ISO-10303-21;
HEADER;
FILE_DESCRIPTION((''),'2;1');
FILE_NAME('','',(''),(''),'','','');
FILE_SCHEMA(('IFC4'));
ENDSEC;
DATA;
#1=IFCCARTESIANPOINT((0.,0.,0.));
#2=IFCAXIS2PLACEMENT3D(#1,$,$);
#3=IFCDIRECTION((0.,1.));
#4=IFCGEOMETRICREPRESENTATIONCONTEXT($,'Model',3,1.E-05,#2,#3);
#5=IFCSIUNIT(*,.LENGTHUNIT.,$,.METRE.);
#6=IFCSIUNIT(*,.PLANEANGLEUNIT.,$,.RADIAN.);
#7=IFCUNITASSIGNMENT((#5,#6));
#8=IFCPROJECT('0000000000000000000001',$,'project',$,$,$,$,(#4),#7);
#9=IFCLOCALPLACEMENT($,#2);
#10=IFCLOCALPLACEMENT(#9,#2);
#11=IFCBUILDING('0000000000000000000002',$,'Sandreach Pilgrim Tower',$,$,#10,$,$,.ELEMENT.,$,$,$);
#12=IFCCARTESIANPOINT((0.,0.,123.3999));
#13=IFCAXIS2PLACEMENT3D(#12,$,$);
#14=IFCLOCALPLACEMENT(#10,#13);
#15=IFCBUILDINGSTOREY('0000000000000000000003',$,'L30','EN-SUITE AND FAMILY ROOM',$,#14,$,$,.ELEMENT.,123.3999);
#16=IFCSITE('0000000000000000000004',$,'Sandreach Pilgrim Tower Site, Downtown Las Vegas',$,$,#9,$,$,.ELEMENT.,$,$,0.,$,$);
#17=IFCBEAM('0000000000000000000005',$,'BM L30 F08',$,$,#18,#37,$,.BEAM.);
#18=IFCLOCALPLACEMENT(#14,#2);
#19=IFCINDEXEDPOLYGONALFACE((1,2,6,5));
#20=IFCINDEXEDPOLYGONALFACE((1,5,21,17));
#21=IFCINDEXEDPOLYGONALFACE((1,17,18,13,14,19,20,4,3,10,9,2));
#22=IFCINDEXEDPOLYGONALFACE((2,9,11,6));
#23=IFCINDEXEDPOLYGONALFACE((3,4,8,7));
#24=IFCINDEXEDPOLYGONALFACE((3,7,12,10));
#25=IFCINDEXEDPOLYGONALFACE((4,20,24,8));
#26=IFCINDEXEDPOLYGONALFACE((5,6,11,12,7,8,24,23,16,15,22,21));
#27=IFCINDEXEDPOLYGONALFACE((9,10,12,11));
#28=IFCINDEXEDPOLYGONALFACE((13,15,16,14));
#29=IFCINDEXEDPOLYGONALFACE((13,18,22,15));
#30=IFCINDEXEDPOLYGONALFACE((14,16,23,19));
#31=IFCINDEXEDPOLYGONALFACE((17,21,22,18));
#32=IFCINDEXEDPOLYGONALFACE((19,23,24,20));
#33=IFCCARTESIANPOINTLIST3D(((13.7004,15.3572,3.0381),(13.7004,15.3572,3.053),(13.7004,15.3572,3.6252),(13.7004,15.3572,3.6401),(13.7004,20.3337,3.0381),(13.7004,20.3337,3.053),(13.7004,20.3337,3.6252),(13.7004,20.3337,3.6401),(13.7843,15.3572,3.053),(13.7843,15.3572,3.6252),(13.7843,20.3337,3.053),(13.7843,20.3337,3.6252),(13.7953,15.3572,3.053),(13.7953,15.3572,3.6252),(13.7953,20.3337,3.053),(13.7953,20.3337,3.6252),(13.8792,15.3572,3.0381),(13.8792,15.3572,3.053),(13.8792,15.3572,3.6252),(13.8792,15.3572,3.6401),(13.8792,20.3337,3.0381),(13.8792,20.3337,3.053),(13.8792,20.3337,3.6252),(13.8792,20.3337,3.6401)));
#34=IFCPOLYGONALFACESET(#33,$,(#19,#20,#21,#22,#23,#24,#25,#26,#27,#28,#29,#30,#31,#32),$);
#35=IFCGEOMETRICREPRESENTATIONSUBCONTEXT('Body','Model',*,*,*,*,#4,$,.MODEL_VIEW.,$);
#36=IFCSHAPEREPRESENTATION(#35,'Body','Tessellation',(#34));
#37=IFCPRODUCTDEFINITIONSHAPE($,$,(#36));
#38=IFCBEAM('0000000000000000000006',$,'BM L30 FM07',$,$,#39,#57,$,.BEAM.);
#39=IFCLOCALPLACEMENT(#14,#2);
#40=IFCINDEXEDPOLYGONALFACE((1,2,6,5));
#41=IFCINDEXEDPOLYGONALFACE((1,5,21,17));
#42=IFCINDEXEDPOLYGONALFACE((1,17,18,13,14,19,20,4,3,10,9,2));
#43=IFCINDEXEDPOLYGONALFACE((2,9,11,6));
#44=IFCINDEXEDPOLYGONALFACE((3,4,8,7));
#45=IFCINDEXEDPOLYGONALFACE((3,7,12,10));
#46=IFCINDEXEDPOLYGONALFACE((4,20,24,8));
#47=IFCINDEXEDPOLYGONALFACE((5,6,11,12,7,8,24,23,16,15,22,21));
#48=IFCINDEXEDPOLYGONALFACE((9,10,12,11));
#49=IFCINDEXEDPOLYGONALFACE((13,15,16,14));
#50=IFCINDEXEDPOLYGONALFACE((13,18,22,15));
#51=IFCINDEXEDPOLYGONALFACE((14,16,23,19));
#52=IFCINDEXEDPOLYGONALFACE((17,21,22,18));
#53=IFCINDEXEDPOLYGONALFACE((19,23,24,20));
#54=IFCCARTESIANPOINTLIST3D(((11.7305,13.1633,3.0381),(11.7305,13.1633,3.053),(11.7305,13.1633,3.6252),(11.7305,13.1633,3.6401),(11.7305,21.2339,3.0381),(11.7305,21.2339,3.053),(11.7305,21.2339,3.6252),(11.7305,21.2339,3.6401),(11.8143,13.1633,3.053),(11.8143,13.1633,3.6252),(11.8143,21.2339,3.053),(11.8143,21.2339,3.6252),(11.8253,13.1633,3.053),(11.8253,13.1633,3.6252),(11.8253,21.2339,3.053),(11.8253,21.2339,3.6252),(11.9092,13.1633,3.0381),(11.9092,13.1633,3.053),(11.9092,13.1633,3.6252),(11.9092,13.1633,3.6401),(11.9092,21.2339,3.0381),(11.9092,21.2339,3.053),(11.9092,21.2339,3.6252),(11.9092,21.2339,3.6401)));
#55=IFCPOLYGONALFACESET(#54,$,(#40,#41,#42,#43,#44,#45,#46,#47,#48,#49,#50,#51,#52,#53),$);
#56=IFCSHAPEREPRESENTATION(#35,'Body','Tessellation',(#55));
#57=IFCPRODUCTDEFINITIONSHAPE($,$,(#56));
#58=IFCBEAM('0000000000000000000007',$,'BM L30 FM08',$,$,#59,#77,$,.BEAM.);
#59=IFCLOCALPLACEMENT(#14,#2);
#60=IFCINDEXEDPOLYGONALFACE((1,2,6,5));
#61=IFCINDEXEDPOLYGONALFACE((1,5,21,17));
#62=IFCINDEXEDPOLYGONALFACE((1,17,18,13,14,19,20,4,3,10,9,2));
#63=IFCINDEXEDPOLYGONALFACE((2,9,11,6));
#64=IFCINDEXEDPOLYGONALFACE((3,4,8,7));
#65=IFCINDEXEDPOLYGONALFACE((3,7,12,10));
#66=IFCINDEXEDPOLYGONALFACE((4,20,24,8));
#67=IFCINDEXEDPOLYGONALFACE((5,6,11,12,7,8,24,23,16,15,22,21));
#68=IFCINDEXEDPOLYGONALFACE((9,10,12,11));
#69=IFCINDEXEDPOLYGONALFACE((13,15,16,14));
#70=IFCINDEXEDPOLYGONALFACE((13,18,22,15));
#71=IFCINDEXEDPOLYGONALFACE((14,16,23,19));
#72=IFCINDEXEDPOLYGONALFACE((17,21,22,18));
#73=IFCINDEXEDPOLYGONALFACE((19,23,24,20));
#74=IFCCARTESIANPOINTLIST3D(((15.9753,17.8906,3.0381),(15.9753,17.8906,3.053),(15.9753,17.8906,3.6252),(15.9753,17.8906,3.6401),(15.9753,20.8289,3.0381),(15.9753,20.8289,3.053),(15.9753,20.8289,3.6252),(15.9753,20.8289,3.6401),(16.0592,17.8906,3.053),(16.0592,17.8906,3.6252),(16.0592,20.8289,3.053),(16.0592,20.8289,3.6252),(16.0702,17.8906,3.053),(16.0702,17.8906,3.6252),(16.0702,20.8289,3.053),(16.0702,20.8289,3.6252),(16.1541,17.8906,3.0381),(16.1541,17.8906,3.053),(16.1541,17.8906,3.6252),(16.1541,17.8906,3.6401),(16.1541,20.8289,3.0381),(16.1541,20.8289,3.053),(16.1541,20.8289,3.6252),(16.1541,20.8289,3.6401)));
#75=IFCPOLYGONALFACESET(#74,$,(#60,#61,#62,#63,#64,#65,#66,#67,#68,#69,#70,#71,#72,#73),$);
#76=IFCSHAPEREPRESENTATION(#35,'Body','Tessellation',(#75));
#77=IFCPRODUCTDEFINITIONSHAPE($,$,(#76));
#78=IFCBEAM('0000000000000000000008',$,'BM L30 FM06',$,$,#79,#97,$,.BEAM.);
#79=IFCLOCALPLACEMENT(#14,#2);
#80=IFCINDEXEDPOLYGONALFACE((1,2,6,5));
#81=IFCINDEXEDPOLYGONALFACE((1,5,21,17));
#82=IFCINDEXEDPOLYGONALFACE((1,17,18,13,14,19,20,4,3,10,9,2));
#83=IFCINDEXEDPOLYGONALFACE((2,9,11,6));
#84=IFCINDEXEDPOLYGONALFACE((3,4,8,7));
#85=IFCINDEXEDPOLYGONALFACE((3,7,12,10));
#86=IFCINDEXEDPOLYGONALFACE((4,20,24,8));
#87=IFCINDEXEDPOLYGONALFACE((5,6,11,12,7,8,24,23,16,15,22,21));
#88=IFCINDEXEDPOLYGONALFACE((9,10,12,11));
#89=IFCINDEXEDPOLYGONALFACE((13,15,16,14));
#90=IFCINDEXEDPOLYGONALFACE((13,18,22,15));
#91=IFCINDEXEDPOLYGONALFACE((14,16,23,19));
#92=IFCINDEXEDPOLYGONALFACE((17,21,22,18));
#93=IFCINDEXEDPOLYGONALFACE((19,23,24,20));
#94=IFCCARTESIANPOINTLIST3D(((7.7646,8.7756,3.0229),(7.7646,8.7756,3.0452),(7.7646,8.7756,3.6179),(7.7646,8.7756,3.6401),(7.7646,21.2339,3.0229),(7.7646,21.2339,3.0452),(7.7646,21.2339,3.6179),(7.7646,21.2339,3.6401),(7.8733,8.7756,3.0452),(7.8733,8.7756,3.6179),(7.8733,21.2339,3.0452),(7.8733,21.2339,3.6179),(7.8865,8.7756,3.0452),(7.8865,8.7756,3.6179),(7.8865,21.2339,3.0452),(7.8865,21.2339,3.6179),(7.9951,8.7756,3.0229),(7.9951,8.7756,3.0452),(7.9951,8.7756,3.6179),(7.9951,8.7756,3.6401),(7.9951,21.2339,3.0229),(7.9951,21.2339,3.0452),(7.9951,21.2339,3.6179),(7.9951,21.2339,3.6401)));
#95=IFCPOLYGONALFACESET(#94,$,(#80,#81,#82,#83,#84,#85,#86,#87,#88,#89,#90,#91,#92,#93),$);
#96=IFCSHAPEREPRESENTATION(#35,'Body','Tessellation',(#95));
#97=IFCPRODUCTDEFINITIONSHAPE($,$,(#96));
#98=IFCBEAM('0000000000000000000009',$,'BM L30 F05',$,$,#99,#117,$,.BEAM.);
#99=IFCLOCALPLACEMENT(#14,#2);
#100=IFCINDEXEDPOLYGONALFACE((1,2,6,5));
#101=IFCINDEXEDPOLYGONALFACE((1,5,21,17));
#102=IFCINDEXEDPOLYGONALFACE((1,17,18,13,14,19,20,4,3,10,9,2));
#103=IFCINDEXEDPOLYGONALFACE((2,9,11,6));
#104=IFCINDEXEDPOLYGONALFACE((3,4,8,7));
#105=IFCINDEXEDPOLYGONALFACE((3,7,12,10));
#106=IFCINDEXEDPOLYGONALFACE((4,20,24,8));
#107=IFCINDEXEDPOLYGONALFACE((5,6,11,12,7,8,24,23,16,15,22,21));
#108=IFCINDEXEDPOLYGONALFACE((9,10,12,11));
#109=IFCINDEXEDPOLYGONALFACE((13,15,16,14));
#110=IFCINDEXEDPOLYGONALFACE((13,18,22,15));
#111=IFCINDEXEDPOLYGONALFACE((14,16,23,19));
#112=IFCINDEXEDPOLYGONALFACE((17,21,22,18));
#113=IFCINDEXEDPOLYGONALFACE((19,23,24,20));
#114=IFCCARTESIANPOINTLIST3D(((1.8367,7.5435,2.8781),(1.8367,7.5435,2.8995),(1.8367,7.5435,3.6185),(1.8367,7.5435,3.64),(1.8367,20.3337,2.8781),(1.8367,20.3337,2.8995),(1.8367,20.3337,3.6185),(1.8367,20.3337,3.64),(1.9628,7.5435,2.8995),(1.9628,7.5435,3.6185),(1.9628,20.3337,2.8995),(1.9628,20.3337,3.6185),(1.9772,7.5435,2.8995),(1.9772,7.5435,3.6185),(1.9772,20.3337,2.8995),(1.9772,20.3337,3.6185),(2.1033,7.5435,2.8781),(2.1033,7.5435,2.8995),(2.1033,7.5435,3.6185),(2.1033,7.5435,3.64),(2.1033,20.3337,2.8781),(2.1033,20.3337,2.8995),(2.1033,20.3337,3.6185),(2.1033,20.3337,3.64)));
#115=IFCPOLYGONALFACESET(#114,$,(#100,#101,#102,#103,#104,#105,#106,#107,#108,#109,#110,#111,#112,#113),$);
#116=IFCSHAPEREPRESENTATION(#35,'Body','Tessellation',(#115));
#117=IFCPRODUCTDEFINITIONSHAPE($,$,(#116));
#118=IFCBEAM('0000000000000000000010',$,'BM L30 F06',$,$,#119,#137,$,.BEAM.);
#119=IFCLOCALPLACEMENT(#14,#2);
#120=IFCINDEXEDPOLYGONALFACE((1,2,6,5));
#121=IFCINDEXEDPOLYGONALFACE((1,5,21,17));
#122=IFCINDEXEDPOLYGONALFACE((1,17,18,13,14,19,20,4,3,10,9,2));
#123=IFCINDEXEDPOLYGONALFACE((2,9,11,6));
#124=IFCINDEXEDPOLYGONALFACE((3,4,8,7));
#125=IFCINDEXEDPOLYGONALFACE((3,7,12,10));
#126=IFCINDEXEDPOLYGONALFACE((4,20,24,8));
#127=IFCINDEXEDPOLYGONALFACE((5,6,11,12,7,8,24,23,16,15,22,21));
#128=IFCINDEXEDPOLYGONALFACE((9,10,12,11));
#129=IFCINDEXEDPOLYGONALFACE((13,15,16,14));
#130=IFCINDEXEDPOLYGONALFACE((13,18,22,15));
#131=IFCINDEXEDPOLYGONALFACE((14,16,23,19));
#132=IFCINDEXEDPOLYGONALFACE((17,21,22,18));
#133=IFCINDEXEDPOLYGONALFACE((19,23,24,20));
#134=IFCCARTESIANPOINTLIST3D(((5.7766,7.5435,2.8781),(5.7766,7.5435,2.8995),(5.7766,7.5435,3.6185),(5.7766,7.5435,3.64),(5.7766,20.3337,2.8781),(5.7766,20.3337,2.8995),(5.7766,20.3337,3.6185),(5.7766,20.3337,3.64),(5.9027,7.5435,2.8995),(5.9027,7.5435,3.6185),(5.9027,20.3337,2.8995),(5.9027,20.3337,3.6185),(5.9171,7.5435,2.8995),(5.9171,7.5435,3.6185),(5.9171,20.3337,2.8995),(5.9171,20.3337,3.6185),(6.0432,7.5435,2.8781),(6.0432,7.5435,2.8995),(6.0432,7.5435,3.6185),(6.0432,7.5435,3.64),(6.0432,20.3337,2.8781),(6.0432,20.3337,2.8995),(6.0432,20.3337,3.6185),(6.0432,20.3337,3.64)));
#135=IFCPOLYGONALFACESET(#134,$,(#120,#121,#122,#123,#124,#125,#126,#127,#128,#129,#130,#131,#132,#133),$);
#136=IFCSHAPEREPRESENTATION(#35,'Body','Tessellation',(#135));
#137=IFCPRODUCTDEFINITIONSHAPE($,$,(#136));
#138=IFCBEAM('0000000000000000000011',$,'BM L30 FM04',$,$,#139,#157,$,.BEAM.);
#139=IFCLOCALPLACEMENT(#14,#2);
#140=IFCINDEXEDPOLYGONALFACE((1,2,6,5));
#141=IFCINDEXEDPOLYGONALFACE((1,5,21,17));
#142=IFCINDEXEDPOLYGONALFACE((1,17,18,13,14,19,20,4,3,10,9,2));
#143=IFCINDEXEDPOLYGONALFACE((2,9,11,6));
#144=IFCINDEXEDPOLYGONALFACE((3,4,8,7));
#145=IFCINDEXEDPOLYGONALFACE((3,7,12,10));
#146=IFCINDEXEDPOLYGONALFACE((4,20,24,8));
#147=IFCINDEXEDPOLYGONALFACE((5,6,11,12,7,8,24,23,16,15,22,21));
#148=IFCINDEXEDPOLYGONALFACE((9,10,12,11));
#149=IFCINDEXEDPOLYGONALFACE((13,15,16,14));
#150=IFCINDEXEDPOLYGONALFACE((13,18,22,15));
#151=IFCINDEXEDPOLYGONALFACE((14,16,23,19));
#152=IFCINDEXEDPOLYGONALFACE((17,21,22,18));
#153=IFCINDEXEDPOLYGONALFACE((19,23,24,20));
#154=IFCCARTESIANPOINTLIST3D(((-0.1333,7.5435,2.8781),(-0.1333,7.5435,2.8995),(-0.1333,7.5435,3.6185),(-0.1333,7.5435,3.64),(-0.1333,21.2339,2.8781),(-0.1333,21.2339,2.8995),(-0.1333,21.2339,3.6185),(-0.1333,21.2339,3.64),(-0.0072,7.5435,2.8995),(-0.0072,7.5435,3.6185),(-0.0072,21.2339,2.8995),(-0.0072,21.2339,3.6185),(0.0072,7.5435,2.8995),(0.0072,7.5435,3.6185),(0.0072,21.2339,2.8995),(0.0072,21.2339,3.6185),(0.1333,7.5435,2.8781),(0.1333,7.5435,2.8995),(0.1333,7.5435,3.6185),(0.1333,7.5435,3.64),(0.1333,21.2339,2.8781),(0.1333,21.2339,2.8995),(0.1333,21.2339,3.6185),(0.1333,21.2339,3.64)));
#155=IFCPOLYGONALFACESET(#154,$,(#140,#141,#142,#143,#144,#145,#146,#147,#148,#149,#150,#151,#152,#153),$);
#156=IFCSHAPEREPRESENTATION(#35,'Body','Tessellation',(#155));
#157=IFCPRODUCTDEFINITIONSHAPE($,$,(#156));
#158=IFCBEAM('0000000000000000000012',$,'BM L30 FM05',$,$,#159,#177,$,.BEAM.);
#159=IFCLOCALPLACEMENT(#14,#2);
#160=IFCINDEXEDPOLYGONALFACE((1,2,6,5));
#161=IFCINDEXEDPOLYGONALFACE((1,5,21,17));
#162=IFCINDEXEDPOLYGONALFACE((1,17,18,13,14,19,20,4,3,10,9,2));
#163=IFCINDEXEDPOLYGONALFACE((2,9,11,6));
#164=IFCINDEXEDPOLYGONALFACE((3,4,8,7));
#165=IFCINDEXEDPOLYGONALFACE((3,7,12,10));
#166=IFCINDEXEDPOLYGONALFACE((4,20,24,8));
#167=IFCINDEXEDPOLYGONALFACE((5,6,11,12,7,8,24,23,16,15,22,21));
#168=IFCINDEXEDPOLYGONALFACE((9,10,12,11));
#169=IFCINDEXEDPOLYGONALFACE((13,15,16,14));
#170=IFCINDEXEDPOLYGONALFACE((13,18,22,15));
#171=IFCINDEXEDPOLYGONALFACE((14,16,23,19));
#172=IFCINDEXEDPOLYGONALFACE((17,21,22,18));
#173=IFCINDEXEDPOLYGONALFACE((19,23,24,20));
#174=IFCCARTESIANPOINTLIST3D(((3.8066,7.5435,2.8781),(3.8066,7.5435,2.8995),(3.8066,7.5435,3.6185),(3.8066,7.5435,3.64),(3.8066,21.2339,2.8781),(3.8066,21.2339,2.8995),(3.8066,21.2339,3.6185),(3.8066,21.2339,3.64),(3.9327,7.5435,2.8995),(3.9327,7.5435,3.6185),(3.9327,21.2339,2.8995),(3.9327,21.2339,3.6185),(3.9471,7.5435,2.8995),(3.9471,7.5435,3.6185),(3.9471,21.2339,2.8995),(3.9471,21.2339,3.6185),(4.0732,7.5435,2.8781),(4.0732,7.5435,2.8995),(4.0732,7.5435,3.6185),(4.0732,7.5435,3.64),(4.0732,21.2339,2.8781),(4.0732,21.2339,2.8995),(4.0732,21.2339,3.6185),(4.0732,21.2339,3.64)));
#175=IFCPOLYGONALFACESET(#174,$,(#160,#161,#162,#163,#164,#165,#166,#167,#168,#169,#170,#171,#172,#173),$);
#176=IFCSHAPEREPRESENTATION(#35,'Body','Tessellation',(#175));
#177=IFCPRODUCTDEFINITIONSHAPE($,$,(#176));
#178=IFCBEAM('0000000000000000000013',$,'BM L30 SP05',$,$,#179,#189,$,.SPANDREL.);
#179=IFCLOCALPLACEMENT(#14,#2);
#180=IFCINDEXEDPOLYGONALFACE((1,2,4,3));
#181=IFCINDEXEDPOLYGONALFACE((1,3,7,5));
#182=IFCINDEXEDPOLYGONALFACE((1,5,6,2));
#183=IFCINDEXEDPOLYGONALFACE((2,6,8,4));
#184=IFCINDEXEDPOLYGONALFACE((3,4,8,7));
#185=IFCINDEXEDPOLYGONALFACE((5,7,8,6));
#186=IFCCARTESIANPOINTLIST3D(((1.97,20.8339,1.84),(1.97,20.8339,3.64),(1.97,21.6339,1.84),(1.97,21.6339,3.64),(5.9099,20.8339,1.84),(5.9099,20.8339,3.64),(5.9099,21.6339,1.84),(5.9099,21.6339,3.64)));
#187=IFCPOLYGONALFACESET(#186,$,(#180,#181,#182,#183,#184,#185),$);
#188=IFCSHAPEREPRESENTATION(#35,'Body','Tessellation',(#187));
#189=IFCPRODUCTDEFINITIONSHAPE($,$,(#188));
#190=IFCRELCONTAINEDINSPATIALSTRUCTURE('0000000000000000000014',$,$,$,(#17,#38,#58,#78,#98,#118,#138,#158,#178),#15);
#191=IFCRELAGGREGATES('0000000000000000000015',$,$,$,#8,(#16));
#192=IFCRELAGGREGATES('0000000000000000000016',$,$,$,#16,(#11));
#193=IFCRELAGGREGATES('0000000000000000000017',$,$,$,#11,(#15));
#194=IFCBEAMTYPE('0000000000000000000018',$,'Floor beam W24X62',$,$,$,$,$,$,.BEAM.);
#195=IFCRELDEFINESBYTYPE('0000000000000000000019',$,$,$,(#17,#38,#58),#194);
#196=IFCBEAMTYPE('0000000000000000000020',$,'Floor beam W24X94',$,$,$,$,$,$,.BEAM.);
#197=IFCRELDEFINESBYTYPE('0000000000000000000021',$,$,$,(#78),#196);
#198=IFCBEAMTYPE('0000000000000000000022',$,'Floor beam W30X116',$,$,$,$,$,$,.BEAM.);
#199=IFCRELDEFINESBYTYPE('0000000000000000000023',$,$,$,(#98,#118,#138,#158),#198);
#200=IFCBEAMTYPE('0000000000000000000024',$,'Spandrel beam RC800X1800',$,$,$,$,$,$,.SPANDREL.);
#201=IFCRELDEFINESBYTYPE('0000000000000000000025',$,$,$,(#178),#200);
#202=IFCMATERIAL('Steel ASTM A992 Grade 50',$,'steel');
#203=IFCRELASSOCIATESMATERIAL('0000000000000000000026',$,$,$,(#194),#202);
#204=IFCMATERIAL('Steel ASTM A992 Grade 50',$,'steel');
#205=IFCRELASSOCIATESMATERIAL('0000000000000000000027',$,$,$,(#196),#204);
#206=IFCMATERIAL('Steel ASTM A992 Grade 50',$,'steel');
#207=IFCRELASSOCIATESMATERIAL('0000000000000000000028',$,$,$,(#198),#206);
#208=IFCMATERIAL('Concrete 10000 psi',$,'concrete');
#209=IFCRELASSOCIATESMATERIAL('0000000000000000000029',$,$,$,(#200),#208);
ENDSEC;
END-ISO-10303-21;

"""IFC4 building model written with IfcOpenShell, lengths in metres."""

from ifc_helpers import new_model, si_unit, direction, frame, origin, origin_2d, place, context, subcontext, project, spatial, rectangle, i_section, extrude, material, material_profile, profile_set, type_object, element, save


model = new_model("IFC4")

# Units and contexts
model_context = context("Model", 3, precision=1e-05, world=origin(), true_north=direction((0.0, 1.0)))
body_context = subcontext(model_context, "Body", "Model", "MODEL_VIEW")
ifc_project = project(units=[si_unit("LENGTHUNIT", "METRE"), si_unit("PLANEANGLEUNIT", "RADIAN")], contexts=[model_context])

# Site, building, storey
site_placement = place(None, origin())
site = spatial("IfcSite", under=ifc_project, at=site_placement, Name="Sandreach Pilgrim Tower Site, Downtown Las Vegas", CompositionType="ELEMENT", RefElevation=0.0)
building_placement = place(site_placement, origin())
building = spatial("IfcBuilding", under=site, at=building_placement, Name="Sandreach Pilgrim Tower", CompositionType="ELEMENT")
storey_placement = place(building_placement, frame((0.0, 0.0, 123.3999)))
storey = spatial("IfcBuildingStorey", under=building, at=storey_placement, Name="L30", Description="EN-SUITE AND FAMILY ROOM", CompositionType="ELEMENT", Elevation=123.3999)

# Beams
ifc_material_1 = material(Name="Steel ASTM A992 Grade 50", Category="steel")
ifc_material_profile_1 = material_profile(ifc_material_1, i_section(OverallWidth=0.1787, OverallDepth=0.6021, WebThickness=0.011, FlangeThickness=0.0149, at=origin_2d()), Name="W24X62")
ifc_profile_set_1 = profile_set([ifc_material_profile_1], Name="Steel ASTM A992 Grade 50")
beam_type_1 = type_object("IfcBeamType", Name="Floor beam W24X62", PredefinedType="BEAM", material=ifc_profile_set_1)
beam_1_placement = place(storey_placement, frame((13.7898, 20.3337, 3.3391), z_axis=(0.0, -1.0, 0.0), x_axis=(1.0, 0.0, 0.0)))
element("IfcBeam", 1, at=beam_1_placement, inside=storey, type_object=beam_type_1, Name="BM L30 F08", PredefinedType="BEAM", context=body_context, shape_type="SweptSolid", body=[
    extrude(i_section(OverallWidth=0.1787, OverallDepth=0.6021, WebThickness=0.011, FlangeThickness=0.0149, at=origin_2d()), origin(), (0.0, 0.0, 1.0), 4.9766),
])
beam_2_placement = place(storey_placement, frame((11.8198, 21.2339, 3.3391), z_axis=(0.0, -1.0, 0.0), x_axis=(1.0, 0.0, 0.0)))
element("IfcBeam", 2, at=beam_2_placement, inside=storey, type_object=beam_type_1, Name="BM L30 FM07", PredefinedType="BEAM", context=body_context, shape_type="SweptSolid", body=[
    extrude(i_section(OverallWidth=0.1787, OverallDepth=0.6021, WebThickness=0.011, FlangeThickness=0.0149, at=origin_2d()), origin(), (0.0, 0.0, 1.0), 8.0706),
])
beam_3_placement = place(storey_placement, frame((16.0647, 20.8289, 3.3391), z_axis=(0.0, -1.0, 0.0), x_axis=(1.0, 0.0, 0.0)))
element("IfcBeam", 3, at=beam_3_placement, inside=storey, type_object=beam_type_1, Name="BM L30 FM08", PredefinedType="BEAM", context=body_context, shape_type="SweptSolid", body=[
    extrude(i_section(OverallWidth=0.1787, OverallDepth=0.6021, WebThickness=0.011, FlangeThickness=0.0149, at=origin_2d()), origin(), (0.0, 0.0, 1.0), 2.9382),
])
ifc_material_2 = material(Name="Steel ASTM A992 Grade 50", Category="steel")
ifc_material_profile_2 = material_profile(ifc_material_2, i_section(OverallWidth=0.2305, OverallDepth=0.6172, WebThickness=0.0132, FlangeThickness=0.0222, at=origin_2d()), Name="W24X94")
ifc_profile_set_2 = profile_set([ifc_material_profile_2], Name="Steel ASTM A992 Grade 50")
beam_type_2 = type_object("IfcBeamType", Name="Floor beam W24X94", PredefinedType="BEAM", material=ifc_profile_set_2)
beam_4_placement = place(storey_placement, frame((7.8799, 21.2339, 3.3315), z_axis=(0.0, -1.0, 0.0), x_axis=(1.0, 0.0, 0.0)))
element("IfcBeam", 4, at=beam_4_placement, inside=storey, type_object=beam_type_2, Name="BM L30 FM06", PredefinedType="BEAM", context=body_context, shape_type="SweptSolid", body=[
    extrude(i_section(OverallWidth=0.2305, OverallDepth=0.6172, WebThickness=0.0132, FlangeThickness=0.0222, at=origin_2d()), origin(), (0.0, 0.0, 1.0), 12.4583),
])
ifc_material_3 = material(Name="Steel ASTM A992 Grade 50", Category="steel")
ifc_material_profile_3 = material_profile(ifc_material_3, i_section(OverallWidth=0.2666, OverallDepth=0.762, WebThickness=0.0144, FlangeThickness=0.0215, at=origin_2d()), Name="W30X116")
ifc_profile_set_3 = profile_set([ifc_material_profile_3], Name="Steel ASTM A992 Grade 50")
beam_type_3 = type_object("IfcBeamType", Name="Floor beam W30X116", PredefinedType="BEAM", material=ifc_profile_set_3)
for number, where, z_axis, x_axis, name in (
    (5, (1.97, 20.3337, 3.259), (0.0, -1.0, 0.0), (1.0, 0.0, 0.0), "BM L30 F05"),
    (6, (5.9099, 20.3337, 3.259), (0.0, -1.0, 0.0), (1.0, 0.0, 0.0), "BM L30 F06"),
):
    element("IfcBeam", number, at=place(storey_placement, frame(where, z_axis=z_axis, x_axis=x_axis)), inside=storey, type_object=beam_type_3, Name=name, PredefinedType="BEAM", context=body_context, shape_type="SweptSolid", body=[
        extrude(i_section(OverallWidth=0.2666, OverallDepth=0.762, WebThickness=0.0144, FlangeThickness=0.0215, at=origin_2d()), origin(), (0.0, 0.0, 1.0), 12.7903),
    ])
for number, where, z_axis, x_axis, name in (
    (7, (0.0, 21.2339, 3.259), (0.0, -1.0, 0.0), (1.0, 0.0, 0.0), "BM L30 FM04"),
    (8, (3.9399, 21.2339, 3.259), (0.0, -1.0, 0.0), (1.0, 0.0, 0.0), "BM L30 FM05"),
):
    element("IfcBeam", number, at=place(storey_placement, frame(where, z_axis=z_axis, x_axis=x_axis)), inside=storey, type_object=beam_type_3, Name=name, PredefinedType="BEAM", context=body_context, shape_type="SweptSolid", body=[
        extrude(i_section(OverallWidth=0.2666, OverallDepth=0.762, WebThickness=0.0144, FlangeThickness=0.0215, at=origin_2d()), origin(), (0.0, 0.0, 1.0), 13.6904),
    ])
ifc_material_4 = material(Name="Concrete 10000 psi", Category="concrete")
ifc_material_profile_4 = material_profile(ifc_material_4, rectangle(XDim=0.8, YDim=1.8, at=origin_2d()), Name="RC800X1800")
ifc_profile_set_4 = profile_set([ifc_material_profile_4], Name="Concrete 10000 psi")
beam_type_4 = type_object("IfcBeamType", Name="Spandrel beam RC800X1800", PredefinedType="SPANDREL", material=ifc_profile_set_4)
for number, where, z_axis, x_axis, name in (
    (9, (1.97, 21.2339, 2.74), (1.0, 0.0, 0.0), (0.0, 1.0, 0.0), "BM L30 SP05"),
):
    element("IfcBeam", number, at=place(storey_placement, frame(where, z_axis=z_axis, x_axis=x_axis)), inside=storey, type_object=beam_type_4, Name=name, PredefinedType="SPANDREL", context=body_context, shape_type="SweptSolid", body=[
        extrude(rectangle(XDim=0.8, YDim=1.8, at=origin_2d()), origin(), (0.0, 0.0, 1.0), 3.9399),
    ])

save(model, "model.ifc")
